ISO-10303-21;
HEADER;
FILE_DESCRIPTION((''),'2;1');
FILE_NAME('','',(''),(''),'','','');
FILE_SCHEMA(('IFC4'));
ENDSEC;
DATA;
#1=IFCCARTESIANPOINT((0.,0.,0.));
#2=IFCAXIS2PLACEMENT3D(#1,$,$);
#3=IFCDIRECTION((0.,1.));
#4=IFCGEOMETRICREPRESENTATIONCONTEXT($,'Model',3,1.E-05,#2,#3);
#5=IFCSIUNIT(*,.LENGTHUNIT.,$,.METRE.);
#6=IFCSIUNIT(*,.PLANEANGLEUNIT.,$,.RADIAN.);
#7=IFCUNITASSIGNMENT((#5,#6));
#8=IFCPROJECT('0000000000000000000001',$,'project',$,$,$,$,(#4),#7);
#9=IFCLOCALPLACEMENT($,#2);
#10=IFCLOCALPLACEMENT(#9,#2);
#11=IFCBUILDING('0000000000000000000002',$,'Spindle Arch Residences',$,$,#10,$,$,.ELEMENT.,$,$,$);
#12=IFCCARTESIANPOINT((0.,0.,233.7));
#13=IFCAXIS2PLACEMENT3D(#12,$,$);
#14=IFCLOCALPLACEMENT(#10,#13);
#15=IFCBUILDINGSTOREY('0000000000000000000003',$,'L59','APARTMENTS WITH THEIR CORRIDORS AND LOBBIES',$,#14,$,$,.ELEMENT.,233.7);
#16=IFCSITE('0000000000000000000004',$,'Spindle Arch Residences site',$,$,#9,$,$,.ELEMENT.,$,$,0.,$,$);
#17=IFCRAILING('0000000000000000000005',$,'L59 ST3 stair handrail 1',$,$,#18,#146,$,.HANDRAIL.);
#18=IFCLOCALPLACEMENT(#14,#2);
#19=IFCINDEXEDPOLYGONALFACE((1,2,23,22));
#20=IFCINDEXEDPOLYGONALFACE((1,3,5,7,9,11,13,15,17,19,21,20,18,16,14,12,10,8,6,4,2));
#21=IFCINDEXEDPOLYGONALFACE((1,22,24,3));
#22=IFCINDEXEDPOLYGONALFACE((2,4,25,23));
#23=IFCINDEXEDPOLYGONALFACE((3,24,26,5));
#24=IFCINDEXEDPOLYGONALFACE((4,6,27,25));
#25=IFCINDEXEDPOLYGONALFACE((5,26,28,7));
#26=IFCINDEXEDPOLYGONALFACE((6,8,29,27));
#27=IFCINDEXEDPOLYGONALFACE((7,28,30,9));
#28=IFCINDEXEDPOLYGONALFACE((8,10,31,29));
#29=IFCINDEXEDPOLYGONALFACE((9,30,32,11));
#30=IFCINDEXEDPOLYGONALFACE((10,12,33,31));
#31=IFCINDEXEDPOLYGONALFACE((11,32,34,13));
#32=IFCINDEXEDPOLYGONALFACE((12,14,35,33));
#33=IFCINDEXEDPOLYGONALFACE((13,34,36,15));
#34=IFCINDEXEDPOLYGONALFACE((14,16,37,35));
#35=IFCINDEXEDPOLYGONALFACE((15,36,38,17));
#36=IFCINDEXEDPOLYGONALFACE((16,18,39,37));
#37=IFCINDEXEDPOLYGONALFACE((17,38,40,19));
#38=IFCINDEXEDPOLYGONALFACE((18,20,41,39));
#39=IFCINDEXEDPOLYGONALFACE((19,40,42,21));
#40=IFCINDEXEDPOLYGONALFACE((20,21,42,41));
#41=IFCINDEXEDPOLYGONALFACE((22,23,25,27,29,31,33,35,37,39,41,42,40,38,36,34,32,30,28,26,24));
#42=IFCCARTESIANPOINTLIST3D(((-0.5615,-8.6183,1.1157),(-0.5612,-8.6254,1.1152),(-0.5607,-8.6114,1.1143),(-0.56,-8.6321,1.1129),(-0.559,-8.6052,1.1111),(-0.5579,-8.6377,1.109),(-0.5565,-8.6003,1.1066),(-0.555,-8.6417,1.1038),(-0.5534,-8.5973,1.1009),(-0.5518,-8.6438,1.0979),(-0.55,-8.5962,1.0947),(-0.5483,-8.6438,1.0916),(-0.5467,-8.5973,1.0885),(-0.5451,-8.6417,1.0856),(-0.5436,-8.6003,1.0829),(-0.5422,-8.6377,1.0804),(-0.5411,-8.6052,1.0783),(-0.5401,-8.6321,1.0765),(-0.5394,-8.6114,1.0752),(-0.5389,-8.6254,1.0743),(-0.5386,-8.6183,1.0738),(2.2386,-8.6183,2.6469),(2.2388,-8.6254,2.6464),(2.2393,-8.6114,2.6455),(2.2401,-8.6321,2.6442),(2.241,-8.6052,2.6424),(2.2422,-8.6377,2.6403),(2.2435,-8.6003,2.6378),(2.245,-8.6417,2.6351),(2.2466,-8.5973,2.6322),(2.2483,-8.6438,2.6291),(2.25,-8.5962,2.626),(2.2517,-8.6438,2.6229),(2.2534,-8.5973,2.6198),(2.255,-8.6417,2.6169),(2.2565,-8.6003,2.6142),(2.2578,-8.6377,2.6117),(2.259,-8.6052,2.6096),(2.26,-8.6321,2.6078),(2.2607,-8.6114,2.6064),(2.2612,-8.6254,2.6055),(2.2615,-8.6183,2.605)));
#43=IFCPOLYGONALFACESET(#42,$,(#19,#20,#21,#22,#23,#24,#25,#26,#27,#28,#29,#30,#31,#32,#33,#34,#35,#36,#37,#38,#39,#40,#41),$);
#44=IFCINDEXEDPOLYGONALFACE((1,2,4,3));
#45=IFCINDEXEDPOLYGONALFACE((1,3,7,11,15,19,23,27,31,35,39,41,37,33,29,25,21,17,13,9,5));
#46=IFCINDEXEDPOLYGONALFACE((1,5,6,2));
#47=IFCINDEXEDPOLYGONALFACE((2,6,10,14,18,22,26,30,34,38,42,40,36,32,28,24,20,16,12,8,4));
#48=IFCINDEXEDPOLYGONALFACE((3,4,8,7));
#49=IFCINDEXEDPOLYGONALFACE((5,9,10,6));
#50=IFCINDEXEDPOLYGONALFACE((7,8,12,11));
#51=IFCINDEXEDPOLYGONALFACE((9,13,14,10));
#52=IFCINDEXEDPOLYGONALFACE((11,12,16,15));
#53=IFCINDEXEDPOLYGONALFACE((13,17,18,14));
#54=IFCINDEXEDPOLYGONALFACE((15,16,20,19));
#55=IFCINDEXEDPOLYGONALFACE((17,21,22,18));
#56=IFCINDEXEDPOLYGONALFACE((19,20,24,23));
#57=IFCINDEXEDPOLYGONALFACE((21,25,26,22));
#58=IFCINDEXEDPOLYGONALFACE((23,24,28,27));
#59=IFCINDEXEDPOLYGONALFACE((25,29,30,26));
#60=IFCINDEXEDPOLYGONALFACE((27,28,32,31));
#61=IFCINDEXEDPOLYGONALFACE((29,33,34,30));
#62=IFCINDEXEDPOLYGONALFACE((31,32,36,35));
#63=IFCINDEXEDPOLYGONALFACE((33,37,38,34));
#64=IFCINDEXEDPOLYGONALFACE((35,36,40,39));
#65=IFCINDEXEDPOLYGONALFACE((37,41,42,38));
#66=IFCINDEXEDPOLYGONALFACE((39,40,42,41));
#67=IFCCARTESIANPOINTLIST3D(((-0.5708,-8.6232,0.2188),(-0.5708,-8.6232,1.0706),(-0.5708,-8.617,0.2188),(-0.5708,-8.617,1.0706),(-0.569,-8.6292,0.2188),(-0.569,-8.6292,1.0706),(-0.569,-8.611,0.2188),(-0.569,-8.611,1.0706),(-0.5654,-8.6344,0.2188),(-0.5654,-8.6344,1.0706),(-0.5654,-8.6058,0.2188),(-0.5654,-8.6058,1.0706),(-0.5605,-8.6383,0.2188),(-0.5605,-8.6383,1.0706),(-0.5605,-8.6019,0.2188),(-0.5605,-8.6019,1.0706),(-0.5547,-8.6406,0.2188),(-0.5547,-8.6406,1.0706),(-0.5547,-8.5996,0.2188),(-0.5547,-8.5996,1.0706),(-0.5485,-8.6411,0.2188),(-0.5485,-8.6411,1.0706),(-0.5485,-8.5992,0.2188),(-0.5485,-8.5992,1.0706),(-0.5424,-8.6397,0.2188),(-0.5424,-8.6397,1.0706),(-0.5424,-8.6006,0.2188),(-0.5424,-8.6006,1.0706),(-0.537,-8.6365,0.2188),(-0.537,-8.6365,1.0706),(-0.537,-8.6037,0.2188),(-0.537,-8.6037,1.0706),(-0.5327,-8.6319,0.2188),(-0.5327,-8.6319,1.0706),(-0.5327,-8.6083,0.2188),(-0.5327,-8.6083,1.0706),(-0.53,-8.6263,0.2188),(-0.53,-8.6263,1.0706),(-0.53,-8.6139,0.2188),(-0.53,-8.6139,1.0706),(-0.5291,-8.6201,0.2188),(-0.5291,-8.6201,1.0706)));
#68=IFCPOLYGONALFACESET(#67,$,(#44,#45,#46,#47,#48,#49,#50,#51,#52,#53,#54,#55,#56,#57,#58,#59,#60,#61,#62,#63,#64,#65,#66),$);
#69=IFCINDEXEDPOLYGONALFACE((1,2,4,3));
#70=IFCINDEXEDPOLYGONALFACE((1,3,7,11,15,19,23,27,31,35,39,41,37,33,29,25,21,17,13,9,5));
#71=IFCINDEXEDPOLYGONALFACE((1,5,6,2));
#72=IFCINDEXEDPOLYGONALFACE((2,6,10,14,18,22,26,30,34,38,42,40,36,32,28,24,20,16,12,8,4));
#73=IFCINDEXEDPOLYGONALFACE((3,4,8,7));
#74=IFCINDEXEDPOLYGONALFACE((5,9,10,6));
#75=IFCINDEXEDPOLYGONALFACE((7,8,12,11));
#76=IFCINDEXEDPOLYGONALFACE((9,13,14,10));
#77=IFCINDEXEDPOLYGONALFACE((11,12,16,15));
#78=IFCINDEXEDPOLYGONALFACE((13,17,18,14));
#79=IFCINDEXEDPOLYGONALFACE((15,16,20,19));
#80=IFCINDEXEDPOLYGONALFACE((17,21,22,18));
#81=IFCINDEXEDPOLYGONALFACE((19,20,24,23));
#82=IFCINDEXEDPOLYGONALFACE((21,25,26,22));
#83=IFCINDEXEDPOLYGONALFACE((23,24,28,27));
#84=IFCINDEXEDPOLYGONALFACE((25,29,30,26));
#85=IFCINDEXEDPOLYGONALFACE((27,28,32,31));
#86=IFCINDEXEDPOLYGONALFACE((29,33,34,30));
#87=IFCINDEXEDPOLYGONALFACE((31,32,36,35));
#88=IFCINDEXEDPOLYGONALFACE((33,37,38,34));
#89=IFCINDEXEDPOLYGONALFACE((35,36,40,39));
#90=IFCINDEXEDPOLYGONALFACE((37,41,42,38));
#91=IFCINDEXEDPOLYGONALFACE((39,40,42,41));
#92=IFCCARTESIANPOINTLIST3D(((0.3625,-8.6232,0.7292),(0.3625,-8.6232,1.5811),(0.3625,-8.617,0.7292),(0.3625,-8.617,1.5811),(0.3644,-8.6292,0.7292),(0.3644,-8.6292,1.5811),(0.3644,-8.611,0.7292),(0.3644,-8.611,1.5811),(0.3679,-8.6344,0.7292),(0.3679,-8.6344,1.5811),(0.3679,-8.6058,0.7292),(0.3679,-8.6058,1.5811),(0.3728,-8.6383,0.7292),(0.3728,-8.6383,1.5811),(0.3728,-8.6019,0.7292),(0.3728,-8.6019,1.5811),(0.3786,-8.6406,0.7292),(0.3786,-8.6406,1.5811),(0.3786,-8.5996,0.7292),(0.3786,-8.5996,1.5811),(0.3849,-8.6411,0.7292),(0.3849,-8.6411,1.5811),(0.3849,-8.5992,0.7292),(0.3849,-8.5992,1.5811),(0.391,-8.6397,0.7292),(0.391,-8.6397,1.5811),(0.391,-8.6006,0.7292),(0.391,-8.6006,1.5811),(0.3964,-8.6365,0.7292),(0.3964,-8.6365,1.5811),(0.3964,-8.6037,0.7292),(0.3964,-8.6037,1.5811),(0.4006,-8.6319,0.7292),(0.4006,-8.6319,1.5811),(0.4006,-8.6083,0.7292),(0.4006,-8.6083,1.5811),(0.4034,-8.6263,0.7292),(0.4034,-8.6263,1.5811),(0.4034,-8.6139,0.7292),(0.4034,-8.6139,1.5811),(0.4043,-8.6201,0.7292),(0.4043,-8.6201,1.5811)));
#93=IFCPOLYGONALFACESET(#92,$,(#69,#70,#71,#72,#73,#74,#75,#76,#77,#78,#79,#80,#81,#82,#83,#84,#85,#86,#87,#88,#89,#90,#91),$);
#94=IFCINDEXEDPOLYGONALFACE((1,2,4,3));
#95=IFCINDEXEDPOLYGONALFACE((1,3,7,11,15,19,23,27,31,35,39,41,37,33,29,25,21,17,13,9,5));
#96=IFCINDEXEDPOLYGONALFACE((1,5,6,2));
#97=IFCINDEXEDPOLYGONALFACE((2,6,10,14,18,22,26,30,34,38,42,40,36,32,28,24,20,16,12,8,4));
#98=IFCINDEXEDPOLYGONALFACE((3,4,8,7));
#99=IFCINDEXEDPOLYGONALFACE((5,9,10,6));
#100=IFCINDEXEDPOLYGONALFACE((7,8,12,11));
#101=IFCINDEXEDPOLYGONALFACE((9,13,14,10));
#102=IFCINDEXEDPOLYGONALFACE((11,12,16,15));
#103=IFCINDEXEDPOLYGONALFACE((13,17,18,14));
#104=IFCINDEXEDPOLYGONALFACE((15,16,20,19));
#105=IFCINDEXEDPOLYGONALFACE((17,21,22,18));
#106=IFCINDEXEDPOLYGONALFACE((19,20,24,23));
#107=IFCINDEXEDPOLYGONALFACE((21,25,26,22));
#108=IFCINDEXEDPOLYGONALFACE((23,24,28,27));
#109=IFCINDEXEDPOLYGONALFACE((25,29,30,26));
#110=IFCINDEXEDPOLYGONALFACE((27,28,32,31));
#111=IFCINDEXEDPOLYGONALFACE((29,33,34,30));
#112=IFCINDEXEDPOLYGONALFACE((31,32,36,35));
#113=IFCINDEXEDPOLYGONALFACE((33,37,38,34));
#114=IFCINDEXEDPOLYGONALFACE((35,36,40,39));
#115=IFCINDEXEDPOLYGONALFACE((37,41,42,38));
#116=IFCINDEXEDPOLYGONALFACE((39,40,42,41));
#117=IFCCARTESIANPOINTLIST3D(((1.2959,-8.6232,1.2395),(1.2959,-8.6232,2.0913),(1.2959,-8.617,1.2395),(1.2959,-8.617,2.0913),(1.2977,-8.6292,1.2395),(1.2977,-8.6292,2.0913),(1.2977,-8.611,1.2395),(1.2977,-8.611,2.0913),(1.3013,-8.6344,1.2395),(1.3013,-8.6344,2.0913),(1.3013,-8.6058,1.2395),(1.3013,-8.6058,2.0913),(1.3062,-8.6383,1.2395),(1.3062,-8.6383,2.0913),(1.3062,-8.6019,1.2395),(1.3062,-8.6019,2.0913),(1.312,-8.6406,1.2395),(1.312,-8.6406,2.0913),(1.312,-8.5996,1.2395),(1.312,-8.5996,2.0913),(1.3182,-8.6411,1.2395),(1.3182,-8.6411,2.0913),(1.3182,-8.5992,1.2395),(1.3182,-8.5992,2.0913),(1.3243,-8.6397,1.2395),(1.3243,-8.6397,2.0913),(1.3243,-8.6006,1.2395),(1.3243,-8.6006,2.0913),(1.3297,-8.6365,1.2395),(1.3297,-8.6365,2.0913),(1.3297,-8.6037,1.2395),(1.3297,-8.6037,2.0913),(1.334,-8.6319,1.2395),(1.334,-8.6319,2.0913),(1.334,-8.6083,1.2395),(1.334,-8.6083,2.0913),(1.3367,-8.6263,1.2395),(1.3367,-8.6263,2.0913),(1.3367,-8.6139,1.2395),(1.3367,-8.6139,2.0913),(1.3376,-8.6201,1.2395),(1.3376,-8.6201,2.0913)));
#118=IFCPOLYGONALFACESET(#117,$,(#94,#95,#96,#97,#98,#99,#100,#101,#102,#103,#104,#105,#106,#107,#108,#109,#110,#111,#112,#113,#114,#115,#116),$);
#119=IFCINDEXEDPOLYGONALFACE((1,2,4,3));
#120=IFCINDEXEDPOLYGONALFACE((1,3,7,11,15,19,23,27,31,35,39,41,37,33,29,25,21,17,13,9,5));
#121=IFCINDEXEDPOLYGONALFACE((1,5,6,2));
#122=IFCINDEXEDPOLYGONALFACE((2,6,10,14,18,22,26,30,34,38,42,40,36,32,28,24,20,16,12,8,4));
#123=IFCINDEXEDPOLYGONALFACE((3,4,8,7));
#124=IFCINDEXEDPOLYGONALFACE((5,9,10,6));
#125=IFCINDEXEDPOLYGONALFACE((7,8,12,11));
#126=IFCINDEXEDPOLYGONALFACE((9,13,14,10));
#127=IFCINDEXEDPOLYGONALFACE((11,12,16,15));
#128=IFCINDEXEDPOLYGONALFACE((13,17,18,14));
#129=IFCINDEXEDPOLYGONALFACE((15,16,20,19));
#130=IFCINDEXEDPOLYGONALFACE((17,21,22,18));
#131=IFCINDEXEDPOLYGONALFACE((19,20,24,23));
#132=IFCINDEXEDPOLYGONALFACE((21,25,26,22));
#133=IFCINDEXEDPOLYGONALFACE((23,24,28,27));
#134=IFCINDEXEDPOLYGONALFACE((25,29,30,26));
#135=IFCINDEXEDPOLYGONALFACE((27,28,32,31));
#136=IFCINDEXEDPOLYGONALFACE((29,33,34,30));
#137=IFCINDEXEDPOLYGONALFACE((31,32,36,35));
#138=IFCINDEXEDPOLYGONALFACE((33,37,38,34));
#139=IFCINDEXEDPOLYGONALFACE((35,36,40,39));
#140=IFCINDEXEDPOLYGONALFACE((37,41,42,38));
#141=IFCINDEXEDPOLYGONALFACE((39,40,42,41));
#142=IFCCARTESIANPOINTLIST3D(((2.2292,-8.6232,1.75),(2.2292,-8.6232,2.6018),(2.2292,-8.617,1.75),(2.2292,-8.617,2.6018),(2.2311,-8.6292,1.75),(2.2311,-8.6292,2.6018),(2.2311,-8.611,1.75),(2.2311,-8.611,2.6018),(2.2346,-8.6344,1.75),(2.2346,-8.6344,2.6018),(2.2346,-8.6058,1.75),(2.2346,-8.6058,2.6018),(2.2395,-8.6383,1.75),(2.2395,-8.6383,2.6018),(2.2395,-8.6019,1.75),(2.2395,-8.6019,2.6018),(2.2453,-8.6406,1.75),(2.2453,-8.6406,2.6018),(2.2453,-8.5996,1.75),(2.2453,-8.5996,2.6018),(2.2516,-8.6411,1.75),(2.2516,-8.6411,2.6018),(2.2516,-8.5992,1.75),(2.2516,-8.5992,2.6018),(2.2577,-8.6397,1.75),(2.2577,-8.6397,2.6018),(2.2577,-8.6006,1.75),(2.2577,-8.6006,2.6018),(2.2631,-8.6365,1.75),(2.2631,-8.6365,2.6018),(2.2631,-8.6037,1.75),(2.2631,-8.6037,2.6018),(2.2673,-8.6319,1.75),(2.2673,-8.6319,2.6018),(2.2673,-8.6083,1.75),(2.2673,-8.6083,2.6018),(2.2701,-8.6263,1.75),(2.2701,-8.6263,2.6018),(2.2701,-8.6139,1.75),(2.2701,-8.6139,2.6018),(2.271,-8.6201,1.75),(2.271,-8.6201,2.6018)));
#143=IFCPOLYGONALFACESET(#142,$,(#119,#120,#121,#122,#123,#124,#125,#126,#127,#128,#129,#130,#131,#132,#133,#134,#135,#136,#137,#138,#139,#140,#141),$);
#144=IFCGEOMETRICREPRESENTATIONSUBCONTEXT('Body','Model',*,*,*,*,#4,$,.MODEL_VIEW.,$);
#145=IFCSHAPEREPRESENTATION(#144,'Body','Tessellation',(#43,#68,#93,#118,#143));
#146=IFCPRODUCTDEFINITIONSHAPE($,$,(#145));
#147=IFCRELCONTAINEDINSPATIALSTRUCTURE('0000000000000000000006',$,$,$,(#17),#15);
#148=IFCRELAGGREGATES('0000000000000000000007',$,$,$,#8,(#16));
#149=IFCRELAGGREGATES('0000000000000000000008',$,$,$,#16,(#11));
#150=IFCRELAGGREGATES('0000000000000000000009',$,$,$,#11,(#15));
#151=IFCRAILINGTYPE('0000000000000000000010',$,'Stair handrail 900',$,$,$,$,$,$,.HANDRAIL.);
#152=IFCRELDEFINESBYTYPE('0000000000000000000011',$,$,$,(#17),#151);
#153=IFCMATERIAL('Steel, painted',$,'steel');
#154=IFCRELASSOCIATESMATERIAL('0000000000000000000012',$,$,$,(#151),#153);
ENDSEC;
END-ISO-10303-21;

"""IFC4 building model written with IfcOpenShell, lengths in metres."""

from ifc_helpers import new_model, si_unit, direction, frame, origin, origin_2d, place, context, subcontext, project, spatial, circle, extrude, material, type_object, element, save


model = new_model("IFC4")

# Units and contexts
model_context = context("Model", 3, precision=1e-05, world=origin(), true_north=direction((0.0, 1.0)))
body_context = subcontext(model_context, "Body", "Model", "MODEL_VIEW")
ifc_project = project(units=[si_unit("LENGTHUNIT", "METRE"), si_unit("PLANEANGLEUNIT", "RADIAN")], contexts=[model_context])

# Site, building, storey
site_placement = place(None, origin())
site = spatial("IfcSite", under=ifc_project, at=site_placement, Name="Spindle Arch Residences site", CompositionType="ELEMENT", RefElevation=0.0)
building_placement = place(site_placement, origin())
building = spatial("IfcBuilding", under=site, at=building_placement, Name="Spindle Arch Residences", CompositionType="ELEMENT")
storey_placement = place(building_placement, frame((0.0, 0.0, 233.7)))
storey = spatial("IfcBuildingStorey", under=building, at=storey_placement, Name="L59", Description="APARTMENTS WITH THEIR CORRIDORS AND LOBBIES", CompositionType="ELEMENT", Elevation=233.7)

# Railing
ifc_material_1 = material(Name="Steel, painted", Category="steel")
railing_type = type_object("IfcRailingType", Name="Stair handrail 900", PredefinedType="HANDRAIL", material=ifc_material_1)
railing_placement = place(storey_placement, frame((-0.55, -8.6201, 0.2188)))
element("IfcRailing", 1, at=railing_placement, inside=storey, type_object=railing_type, Name="L59 ST3 stair handrail 1", PredefinedType="HANDRAIL", context=body_context, shape_type="SweptSolid", body=[
    extrude(circle(Radius=0.0239, at=origin_2d()), frame((0.0, 0.0, 0.876), z_axis=(0.877375, 0.0, 0.479806), x_axis=(0.0, 1.0, 0.0)), (0.0, 0.0, 1.0), 3.1914),
    extrude(circle(Radius=0.021, at=origin_2d()), origin(), (0.0, 0.0, 1.0), 0.8518),
    extrude(circle(Radius=0.021, at=origin_2d()), frame((0.9333, 0.0, 0.5105)), (0.0, 0.0, 1.0), 0.8518),
    extrude(circle(Radius=0.021, at=origin_2d()), frame((1.8667, 0.0, 1.0208)), (0.0, 0.0, 1.0), 0.8518),
    extrude(circle(Radius=0.021, at=origin_2d()), frame((2.8, 0.0, 1.5312)), (0.0, 0.0, 1.0), 0.8518),
])

save(model, "model.ifc")
